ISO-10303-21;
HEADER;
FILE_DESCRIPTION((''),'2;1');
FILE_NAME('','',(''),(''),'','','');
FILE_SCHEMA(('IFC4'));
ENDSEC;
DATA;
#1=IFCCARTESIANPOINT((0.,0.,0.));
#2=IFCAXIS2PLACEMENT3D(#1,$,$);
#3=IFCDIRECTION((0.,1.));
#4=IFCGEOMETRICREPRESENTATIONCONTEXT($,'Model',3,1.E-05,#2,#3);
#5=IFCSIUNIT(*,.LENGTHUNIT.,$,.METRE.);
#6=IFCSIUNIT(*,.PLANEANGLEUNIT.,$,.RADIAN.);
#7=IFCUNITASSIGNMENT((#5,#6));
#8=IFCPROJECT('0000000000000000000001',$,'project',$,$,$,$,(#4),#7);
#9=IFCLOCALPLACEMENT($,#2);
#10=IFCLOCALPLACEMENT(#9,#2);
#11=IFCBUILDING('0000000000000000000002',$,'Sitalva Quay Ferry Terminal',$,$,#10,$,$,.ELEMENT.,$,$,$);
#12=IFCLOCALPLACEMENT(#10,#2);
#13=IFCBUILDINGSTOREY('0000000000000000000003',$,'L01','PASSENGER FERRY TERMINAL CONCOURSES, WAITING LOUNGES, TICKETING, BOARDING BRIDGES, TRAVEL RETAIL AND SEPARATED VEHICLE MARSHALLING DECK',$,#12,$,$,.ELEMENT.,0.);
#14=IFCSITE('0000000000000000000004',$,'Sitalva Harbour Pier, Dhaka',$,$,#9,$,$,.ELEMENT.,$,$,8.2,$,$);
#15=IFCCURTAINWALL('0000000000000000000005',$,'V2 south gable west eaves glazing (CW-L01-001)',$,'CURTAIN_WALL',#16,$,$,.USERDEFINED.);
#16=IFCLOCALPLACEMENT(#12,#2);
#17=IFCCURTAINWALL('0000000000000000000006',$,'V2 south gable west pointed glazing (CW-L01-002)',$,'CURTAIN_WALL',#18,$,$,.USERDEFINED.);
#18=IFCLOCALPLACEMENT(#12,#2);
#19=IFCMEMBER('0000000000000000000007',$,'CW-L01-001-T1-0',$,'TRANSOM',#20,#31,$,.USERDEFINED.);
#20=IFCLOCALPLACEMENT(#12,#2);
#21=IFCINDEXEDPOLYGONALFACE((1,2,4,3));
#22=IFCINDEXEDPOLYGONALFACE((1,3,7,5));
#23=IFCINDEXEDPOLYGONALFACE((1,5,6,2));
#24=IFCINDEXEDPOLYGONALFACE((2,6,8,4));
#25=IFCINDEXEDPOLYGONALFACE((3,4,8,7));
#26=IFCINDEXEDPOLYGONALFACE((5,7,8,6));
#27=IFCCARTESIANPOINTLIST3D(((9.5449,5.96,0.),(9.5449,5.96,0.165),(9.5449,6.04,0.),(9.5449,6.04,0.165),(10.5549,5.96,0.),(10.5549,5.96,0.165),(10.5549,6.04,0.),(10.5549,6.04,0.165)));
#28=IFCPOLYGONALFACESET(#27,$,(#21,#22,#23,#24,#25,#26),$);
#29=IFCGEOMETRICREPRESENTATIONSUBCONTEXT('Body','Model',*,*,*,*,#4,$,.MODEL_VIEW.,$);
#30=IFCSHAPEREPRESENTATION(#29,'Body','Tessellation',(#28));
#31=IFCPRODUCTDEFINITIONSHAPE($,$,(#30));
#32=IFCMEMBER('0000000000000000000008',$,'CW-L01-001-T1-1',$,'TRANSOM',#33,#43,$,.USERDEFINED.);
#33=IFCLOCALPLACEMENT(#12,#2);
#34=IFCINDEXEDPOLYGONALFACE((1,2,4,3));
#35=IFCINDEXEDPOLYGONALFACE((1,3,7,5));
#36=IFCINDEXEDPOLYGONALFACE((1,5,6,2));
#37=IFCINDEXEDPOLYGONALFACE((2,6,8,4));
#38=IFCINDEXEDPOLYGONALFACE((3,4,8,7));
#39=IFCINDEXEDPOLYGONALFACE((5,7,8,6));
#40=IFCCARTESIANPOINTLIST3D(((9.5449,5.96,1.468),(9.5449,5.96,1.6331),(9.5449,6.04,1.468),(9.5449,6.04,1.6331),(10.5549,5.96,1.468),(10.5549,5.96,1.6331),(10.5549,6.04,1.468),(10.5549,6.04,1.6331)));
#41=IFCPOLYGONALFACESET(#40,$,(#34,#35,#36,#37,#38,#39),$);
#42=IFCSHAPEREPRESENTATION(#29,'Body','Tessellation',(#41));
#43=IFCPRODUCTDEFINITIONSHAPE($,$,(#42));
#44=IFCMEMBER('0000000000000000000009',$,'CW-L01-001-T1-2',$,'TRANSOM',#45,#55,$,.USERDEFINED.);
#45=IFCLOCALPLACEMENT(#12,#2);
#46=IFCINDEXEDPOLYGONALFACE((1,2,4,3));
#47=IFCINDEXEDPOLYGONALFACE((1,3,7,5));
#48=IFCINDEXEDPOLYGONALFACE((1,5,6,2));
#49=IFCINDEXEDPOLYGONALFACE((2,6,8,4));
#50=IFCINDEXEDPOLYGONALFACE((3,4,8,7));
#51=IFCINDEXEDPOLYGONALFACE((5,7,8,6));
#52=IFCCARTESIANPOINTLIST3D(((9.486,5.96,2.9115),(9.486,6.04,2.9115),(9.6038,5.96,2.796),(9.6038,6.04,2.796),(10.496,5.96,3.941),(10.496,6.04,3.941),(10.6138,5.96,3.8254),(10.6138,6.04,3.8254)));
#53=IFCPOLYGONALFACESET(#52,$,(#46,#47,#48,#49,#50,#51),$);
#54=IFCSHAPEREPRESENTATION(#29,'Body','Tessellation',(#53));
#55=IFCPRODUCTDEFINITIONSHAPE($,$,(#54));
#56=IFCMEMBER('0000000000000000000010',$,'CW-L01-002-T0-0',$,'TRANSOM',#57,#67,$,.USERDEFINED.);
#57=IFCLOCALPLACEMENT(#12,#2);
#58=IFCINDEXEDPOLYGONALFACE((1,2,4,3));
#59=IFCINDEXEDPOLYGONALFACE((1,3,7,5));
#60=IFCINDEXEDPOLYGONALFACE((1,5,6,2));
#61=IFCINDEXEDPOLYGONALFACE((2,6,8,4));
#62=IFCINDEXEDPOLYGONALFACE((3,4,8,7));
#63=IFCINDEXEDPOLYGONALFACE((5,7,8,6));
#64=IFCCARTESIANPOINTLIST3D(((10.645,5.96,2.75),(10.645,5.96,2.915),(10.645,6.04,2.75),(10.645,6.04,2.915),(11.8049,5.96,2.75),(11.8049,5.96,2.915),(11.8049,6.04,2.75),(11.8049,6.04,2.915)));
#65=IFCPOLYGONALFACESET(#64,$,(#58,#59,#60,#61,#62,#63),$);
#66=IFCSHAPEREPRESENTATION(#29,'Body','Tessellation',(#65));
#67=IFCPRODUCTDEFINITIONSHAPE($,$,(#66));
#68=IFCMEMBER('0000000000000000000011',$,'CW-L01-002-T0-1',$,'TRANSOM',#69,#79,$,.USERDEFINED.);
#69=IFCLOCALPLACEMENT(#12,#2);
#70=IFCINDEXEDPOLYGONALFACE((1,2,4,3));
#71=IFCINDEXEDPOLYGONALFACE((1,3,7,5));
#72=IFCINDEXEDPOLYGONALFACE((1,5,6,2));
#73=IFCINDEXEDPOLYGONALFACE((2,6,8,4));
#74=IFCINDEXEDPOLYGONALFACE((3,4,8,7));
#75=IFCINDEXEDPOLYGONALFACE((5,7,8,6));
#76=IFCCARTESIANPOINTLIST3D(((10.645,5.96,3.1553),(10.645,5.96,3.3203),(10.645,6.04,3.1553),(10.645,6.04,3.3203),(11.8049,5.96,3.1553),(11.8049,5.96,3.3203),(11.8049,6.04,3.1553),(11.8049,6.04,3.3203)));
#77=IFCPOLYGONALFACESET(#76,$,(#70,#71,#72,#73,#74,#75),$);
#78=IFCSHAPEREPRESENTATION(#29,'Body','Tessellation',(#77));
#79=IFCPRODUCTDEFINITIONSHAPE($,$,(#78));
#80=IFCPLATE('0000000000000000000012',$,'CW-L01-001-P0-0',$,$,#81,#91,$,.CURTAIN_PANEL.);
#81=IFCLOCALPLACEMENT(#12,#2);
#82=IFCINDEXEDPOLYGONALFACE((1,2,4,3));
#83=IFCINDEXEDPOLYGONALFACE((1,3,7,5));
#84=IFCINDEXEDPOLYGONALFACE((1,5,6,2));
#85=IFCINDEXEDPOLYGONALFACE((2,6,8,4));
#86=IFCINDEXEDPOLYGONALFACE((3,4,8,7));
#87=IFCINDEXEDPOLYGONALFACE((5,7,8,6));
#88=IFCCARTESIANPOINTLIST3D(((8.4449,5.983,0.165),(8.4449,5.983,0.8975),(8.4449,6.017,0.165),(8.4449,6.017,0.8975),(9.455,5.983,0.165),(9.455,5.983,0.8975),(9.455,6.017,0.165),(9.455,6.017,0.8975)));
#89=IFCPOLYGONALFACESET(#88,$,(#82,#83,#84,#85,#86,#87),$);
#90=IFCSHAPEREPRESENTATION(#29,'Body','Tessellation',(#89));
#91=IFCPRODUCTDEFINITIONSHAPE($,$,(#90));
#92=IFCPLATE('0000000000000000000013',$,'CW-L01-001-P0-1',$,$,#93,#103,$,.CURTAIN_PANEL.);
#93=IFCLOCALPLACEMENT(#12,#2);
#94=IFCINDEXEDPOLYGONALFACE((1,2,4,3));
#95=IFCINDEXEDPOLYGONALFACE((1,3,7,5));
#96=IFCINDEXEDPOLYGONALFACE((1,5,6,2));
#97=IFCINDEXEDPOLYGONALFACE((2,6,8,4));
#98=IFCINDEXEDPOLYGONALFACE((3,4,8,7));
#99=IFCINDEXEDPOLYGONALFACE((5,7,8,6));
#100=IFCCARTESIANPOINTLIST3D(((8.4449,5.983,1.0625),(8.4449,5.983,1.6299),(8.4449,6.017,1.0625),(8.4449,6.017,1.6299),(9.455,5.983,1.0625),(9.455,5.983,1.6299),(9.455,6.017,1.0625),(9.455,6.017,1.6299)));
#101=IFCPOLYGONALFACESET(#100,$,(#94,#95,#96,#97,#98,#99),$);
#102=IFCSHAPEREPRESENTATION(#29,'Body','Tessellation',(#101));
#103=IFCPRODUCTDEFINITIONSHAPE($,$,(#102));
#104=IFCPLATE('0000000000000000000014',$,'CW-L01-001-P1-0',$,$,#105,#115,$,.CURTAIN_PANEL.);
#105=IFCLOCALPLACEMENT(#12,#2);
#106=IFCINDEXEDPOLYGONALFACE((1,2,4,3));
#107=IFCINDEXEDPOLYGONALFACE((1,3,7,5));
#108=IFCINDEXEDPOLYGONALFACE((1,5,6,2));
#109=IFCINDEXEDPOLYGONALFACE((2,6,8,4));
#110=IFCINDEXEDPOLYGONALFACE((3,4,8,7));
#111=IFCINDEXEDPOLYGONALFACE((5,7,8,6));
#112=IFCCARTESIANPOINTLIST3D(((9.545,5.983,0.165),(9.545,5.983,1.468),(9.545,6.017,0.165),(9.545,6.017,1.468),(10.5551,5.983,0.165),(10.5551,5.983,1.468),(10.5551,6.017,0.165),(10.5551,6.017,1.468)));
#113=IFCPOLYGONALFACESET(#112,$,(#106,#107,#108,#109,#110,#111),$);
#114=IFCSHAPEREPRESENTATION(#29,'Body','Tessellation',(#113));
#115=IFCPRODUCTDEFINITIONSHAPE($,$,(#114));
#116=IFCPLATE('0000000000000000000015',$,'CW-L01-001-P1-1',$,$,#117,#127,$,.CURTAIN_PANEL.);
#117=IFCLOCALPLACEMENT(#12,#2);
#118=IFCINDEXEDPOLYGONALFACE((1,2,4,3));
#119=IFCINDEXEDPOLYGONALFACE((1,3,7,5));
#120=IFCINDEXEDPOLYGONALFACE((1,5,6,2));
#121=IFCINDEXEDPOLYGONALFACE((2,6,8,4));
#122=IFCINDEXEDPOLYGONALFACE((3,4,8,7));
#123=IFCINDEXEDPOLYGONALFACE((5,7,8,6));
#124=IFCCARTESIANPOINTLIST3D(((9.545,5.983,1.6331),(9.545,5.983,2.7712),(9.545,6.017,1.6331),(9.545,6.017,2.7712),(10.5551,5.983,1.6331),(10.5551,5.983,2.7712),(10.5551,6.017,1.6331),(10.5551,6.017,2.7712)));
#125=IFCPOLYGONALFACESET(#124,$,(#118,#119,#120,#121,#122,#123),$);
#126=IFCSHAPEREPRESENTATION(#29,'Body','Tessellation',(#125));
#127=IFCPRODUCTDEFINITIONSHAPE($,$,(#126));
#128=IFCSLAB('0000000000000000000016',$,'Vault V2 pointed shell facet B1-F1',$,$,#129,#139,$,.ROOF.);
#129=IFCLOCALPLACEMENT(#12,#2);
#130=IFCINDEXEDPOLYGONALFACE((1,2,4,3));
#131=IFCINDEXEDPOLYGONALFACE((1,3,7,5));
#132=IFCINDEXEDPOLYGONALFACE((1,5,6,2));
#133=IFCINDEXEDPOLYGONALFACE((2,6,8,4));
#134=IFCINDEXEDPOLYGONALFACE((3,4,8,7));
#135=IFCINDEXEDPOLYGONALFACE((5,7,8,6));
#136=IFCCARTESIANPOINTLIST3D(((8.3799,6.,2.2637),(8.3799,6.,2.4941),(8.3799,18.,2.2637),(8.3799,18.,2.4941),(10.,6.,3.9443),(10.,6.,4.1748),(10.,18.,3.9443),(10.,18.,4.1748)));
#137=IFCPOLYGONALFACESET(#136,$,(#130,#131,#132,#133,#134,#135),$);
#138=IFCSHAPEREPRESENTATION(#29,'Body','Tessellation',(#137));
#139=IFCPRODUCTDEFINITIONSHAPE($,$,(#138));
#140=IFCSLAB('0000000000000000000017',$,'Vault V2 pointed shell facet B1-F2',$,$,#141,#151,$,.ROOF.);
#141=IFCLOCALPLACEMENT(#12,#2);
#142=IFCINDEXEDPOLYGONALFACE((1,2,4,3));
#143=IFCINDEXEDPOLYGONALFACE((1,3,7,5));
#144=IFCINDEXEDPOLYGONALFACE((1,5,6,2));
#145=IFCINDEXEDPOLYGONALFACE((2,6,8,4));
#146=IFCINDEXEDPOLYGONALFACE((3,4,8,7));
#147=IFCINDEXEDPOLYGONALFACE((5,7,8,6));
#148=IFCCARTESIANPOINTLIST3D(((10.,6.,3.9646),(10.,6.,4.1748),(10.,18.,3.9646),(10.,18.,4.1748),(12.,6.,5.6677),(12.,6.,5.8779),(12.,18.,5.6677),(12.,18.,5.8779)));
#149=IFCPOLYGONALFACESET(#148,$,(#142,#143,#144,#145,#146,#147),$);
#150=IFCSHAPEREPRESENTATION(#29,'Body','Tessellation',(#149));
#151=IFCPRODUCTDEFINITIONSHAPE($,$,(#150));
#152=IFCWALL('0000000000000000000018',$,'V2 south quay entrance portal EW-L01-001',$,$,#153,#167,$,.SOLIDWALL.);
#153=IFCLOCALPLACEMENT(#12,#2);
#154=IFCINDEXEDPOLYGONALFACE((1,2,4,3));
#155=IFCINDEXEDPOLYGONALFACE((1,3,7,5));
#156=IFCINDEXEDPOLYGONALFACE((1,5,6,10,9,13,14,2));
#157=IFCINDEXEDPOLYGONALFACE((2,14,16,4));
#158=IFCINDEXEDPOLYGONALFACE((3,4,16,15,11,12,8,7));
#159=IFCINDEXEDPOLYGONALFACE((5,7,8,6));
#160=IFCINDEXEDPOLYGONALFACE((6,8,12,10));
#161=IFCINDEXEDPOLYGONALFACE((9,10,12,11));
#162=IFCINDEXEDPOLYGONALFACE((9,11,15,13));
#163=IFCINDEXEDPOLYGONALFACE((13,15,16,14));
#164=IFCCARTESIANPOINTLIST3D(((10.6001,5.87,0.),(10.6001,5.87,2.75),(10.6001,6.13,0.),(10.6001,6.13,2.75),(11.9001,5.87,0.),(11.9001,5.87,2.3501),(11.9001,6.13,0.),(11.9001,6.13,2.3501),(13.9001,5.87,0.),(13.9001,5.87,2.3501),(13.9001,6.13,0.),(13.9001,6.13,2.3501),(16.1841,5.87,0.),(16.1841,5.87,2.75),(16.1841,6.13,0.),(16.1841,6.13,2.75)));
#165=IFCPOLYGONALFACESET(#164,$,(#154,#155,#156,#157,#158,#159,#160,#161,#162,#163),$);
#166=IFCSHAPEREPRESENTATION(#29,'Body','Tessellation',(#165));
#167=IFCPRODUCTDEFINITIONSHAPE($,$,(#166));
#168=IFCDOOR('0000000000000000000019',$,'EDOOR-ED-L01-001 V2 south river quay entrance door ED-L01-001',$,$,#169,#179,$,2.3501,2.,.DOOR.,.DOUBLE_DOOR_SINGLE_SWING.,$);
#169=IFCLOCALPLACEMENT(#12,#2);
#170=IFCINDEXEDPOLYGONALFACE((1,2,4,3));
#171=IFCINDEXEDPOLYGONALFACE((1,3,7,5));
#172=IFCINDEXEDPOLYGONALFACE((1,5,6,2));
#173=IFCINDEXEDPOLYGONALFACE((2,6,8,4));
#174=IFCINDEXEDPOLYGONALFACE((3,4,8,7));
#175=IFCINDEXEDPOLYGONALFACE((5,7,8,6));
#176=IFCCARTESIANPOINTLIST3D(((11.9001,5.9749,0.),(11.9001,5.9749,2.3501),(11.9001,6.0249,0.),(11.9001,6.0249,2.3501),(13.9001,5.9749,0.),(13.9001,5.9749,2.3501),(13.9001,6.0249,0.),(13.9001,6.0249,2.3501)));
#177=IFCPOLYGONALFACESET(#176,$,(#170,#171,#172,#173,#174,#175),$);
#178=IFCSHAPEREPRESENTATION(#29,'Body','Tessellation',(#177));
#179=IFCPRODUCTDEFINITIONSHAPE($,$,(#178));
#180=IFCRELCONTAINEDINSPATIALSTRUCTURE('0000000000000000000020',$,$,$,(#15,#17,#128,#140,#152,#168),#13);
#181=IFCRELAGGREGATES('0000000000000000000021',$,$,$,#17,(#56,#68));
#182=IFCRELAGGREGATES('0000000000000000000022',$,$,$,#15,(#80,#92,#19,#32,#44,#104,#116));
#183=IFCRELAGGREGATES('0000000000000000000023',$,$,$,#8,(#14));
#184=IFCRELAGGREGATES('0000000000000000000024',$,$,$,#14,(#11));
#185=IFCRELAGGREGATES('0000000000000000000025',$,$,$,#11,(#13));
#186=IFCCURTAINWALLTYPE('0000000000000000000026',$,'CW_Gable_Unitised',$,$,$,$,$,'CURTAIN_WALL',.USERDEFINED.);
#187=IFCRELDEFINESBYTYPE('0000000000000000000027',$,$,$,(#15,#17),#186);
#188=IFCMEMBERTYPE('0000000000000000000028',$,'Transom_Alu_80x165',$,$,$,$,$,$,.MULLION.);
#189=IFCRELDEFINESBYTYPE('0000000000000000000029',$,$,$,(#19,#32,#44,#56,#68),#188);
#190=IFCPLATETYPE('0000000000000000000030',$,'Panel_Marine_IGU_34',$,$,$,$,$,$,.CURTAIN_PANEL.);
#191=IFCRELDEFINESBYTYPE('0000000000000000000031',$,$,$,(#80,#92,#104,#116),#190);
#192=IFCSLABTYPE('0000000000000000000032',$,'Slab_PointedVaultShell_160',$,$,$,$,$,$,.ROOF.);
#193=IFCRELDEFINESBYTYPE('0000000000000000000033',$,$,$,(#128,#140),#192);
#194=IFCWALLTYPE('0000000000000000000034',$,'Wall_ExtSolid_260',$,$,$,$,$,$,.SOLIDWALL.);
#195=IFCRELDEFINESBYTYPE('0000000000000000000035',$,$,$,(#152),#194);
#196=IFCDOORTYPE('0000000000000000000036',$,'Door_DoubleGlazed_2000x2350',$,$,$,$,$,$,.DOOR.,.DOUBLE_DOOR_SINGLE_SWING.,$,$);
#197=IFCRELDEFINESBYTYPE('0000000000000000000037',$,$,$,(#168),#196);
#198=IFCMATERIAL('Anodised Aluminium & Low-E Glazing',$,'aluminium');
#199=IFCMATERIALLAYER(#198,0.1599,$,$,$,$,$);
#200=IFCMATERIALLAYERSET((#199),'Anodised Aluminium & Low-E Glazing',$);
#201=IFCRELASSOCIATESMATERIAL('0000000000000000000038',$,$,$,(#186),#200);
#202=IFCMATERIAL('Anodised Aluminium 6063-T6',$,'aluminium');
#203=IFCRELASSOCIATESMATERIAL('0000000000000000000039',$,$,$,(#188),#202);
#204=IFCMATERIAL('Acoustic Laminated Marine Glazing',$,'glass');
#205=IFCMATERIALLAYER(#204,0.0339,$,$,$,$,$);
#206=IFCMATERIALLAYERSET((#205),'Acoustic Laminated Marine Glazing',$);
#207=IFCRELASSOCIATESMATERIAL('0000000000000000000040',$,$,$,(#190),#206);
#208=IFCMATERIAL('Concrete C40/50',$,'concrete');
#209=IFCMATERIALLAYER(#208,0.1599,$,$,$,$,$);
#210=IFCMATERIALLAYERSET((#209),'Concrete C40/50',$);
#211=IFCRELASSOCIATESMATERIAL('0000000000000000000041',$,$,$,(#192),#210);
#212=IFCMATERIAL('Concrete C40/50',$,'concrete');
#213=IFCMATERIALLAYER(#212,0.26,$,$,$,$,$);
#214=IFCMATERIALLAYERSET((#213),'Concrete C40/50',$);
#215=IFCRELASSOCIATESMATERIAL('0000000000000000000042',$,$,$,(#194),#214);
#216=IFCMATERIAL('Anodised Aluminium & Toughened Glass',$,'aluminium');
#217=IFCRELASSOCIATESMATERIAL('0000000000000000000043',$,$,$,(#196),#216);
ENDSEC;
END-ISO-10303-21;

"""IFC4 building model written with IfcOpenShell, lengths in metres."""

from ifc_helpers import new_model, si_unit, direction, frame, frame_2d, origin, origin_2d, place, context, subcontext, project, spatial, polyline, rectangle, outline, extrude, material, layer, layer_set, material_profile, profile_set, type_object, element, fill, aggregate, save


model = new_model("IFC4")

# Units and contexts
model_context = context("Model", 3, precision=1e-05, world=origin(), true_north=direction((0.0, 1.0)))
body_context = subcontext(model_context, "Body", "Model", "MODEL_VIEW")
ifc_project = project(units=[si_unit("LENGTHUNIT", "METRE"), si_unit("PLANEANGLEUNIT", "RADIAN")], contexts=[model_context])

# Site, building, storey
site_placement = place(None, origin())
site = spatial("IfcSite", under=ifc_project, at=site_placement, Name="Sitalva Harbour Pier, Dhaka", CompositionType="ELEMENT", RefElevation=8.2)
building_placement = place(site_placement, origin())
building = spatial("IfcBuilding", under=site, at=building_placement, Name="Sitalva Quay Ferry Terminal", CompositionType="ELEMENT")
storey_placement = place(building_placement, origin())
storey = spatial("IfcBuildingStorey", under=building, at=storey_placement, Name="L01", Description="PASSENGER FERRY TERMINAL CONCOURSES, WAITING LOUNGES, TICKETING, BOARDING BRIDGES, TRAVEL RETAIL AND SEPARATED VEHICLE MARSHALLING DECK", CompositionType="ELEMENT", Elevation=0.0)

# Curtain wall
ifc_material_1 = material(Name="Anodised Aluminium & Low-E Glazing", Category="aluminium")
ifc_layer_1 = layer(ifc_material_1, 0.1599)
ifc_layer_set_1 = layer_set([ifc_layer_1], Name="Anodised Aluminium & Low-E Glazing")
curtain_wall_type = type_object("IfcCurtainWallType", Name="CW_Gable_Unitised", ElementType="CURTAIN_WALL", PredefinedType="USERDEFINED", material=ifc_layer_set_1)
curtain_wall_1_placement = place(storey_placement, origin())
curtain_wall_1 = element("IfcCurtainWall", 1, at=curtain_wall_1_placement, inside=storey, type_object=curtain_wall_type, Name="V2 south gable west eaves glazing (CW-L01-001)", ObjectType="CURTAIN_WALL", PredefinedType="USERDEFINED")

# Curtain wall
curtain_wall_2_placement = place(storey_placement, origin())
curtain_wall_2 = element("IfcCurtainWall", 2, at=curtain_wall_2_placement, inside=storey, type_object=curtain_wall_type, Name="V2 south gable west pointed glazing (CW-L01-002)", ObjectType="CURTAIN_WALL", PredefinedType="USERDEFINED")

# Members
ifc_material_2 = material(Name="Anodised Aluminium 6063-T6", Category="aluminium")
ifc_material_profile_1 = material_profile(ifc_material_2, rectangle(XDim=0.0801, YDim=0.165, at=origin_2d()), Name="ALU80x165")
ifc_profile_set_1 = profile_set([ifc_material_profile_1], Name="Anodised Aluminium 6063-T6")
member_type_1 = type_object("IfcMemberType", Name="Transom_Alu_80x165", PredefinedType="MULLION", material=ifc_profile_set_1)
member_1_placement = place(storey_placement, frame((9.5449, 6.0, 0.0825), z_axis=(1.0, 0.0, 0.0), x_axis=(0.0, 1.0, 0.0)))
member_1 = element("IfcMember", 3, at=member_1_placement, type_object=member_type_1, Name="CW-L01-001-T1-0", ObjectType="TRANSOM", PredefinedType="USERDEFINED", context=body_context, shape_type="SweptSolid", body=[
    extrude(rectangle(XDim=0.0801, YDim=0.165, at=origin_2d()), origin(), (0.0, 0.0, 1.0), 1.01),
])
member_2_placement = place(storey_placement, frame((9.5449, 6.0, 1.5505), z_axis=(1.0, 0.0, 0.0), x_axis=(0.0, 1.0, 0.0)))
member_2 = element("IfcMember", 4, at=member_2_placement, type_object=member_type_1, Name="CW-L01-001-T1-1", ObjectType="TRANSOM", PredefinedType="USERDEFINED", context=body_context, shape_type="SweptSolid", body=[
    extrude(rectangle(XDim=0.0801, YDim=0.165, at=origin_2d()), origin(), (0.0, 0.0, 1.0), 1.01),
])
member_3_placement = place(storey_placement, frame((9.5449, 6.0, 2.8538), z_axis=(0.700303, 0.0, 0.713845), x_axis=(0.0, 1.0, 0.0)))
member_3 = element("IfcMember", 5, at=member_3_placement, type_object=member_type_1, Name="CW-L01-001-T1-2", ObjectType="TRANSOM", PredefinedType="USERDEFINED", context=body_context, shape_type="SweptSolid", body=[
    extrude(rectangle(XDim=0.0801, YDim=0.165, at=origin_2d()), origin(), (0.0, 0.0, 1.0), 1.4421),
])
member_4_placement = place(storey_placement, frame((10.645, 6.0, 2.8325), z_axis=(1.0, 0.0, 0.0), x_axis=(0.0, 1.0, 0.0)))
member_4 = element("IfcMember", 6, at=member_4_placement, type_object=member_type_1, Name="CW-L01-002-T0-0", ObjectType="TRANSOM", PredefinedType="USERDEFINED", context=body_context, shape_type="SweptSolid", body=[
    extrude(rectangle(XDim=0.0801, YDim=0.165, at=origin_2d()), origin(), (0.0, 0.0, 1.0), 1.1599),
])
member_5_placement = place(storey_placement, frame((10.645, 6.0, 3.2378), z_axis=(1.0, 0.0, 0.0), x_axis=(0.0, 1.0, 0.0)))
member_5 = element("IfcMember", 7, at=member_5_placement, type_object=member_type_1, Name="CW-L01-002-T0-1", ObjectType="TRANSOM", PredefinedType="USERDEFINED", context=body_context, shape_type="SweptSolid", body=[
    extrude(rectangle(XDim=0.0801, YDim=0.165, at=origin_2d()), origin(), (0.0, 0.0, 1.0), 1.1599),
])
aggregate(curtain_wall_2, [member_4, member_5])

# Plates
ifc_material_3 = material(Name="Acoustic Laminated Marine Glazing", Category="glass")
ifc_layer_2 = layer(ifc_material_3, 0.0339)
ifc_layer_set_2 = layer_set([ifc_layer_2], Name="Acoustic Laminated Marine Glazing")
plate_type = type_object("IfcPlateType", Name="Panel_Marine_IGU_34", PredefinedType="CURTAIN_PANEL", material=ifc_layer_set_2)
plate_1_placement = place(storey_placement, frame((8.95, 6.0, 0.165), z_axis=(0.0, 0.0, 1.0), x_axis=(1.0, 0.0, 0.0)))
plate_1 = element("IfcPlate", 8, at=plate_1_placement, type_object=plate_type, Name="CW-L01-001-P0-0", PredefinedType="CURTAIN_PANEL", context=body_context, shape_type="SweptSolid", body=[
    extrude(rectangle(XDim=1.01, YDim=0.0339, at=origin_2d()), origin(), (0.0, 0.0, 1.0), 0.7324),
])
plate_2_placement = place(storey_placement, frame((8.95, 6.0, 1.0625), z_axis=(0.0, 0.0, 1.0), x_axis=(1.0, 0.0, 0.0)))
plate_2 = element("IfcPlate", 9, at=plate_2_placement, type_object=plate_type, Name="CW-L01-001-P0-1", PredefinedType="CURTAIN_PANEL", context=body_context, shape_type="SweptSolid", body=[
    extrude(rectangle(XDim=1.01, YDim=0.0339, at=origin_2d()), origin(), (0.0, 0.0, 1.0), 0.5674),
])
plate_3_placement = place(storey_placement, frame((10.05, 6.0, 0.165), z_axis=(0.0, 0.0, 1.0), x_axis=(1.0, 0.0, 0.0)))
plate_3 = element("IfcPlate", 10, at=plate_3_placement, type_object=plate_type, Name="CW-L01-001-P1-0", PredefinedType="CURTAIN_PANEL", context=body_context, shape_type="SweptSolid", body=[
    extrude(rectangle(XDim=1.01, YDim=0.0339, at=origin_2d()), origin(), (0.0, 0.0, 1.0), 1.303),
])
plate_4_placement = place(storey_placement, frame((10.05, 6.0, 1.6331), z_axis=(0.0, 0.0, 1.0), x_axis=(1.0, 0.0, 0.0)))
plate_4 = element("IfcPlate", 11, at=plate_4_placement, type_object=plate_type, Name="CW-L01-001-P1-1", PredefinedType="CURTAIN_PANEL", context=body_context, shape_type="SweptSolid", body=[
    extrude(rectangle(XDim=1.01, YDim=0.0339, at=origin_2d()), origin(), (0.0, 0.0, 1.0), 1.1382),
])
aggregate(curtain_wall_1, [plate_1, plate_2, member_1, member_2, member_3, plate_3, plate_4])

# Slabs
ifc_material_4 = material(Name="Concrete C40/50", Category="concrete")
ifc_layer_3 = layer(ifc_material_4, 0.1599)
ifc_layer_set_3 = layer_set([ifc_layer_3], Name="Concrete C40/50")
slab_type = type_object("IfcSlabType", Name="Slab_PointedVaultShell_160", PredefinedType="ROOF", material=ifc_layer_set_3)
slab_1_placement = place(storey_placement, frame((8.3799, 6.0, 2.4941), z_axis=(-0.719956, 0.0, 0.694019), x_axis=(0.694019, 0.0, 0.719956)))
element("IfcSlab", 12, at=slab_1_placement, inside=storey, type_object=slab_type, Name="Vault V2 pointed shell facet B1-F1", PredefinedType="ROOF", context=body_context, shape_type="SweptSolid", body=[
    extrude(outline(polyline([(0.0, 0.0), (2.3344, 0.0), (2.3344, 12.0), (0.0, 12.0), (0.0, 0.0)])), origin(), (-0.719956, 0.0, -0.694019), 0.2305),
])
slab_2_placement = place(storey_placement, frame((10.0, 6.0, 4.1748), z_axis=(-0.648339, 0.0, 0.761352), x_axis=(0.761352, 0.0, 0.648339)))
element("IfcSlab", 13, at=slab_2_placement, inside=storey, type_object=slab_type, Name="Vault V2 pointed shell facet B1-F2", PredefinedType="ROOF", context=body_context, shape_type="SweptSolid", body=[
    extrude(outline(polyline([(0.0, 0.0), (2.6269, 0.0), (2.6269, 12.0), (0.0, 12.0), (0.0, 0.0)])), origin(), (-0.648339, 0.0, -0.761352), 0.2102),
])

# Wall, opening, door
ifc_material_5 = material(Name="Concrete C40/50", Category="concrete")
ifc_layer_4 = layer(ifc_material_5, 0.26)
ifc_layer_set_4 = layer_set([ifc_layer_4], Name="Concrete C40/50")
wall_type = type_object("IfcWallType", Name="Wall_ExtSolid_260", PredefinedType="SOLIDWALL", material=ifc_layer_set_4)
wall_placement = place(storey_placement, frame((10.6001, 6.0, 0.0), z_axis=(0.0, 0.0, 1.0), x_axis=(1.0, 0.0, 0.0)))
wall = element("IfcWall", 14, at=wall_placement, inside=storey, type_object=wall_type, Name="V2 south quay entrance portal EW-L01-001", PredefinedType="SOLIDWALL", context=body_context, shape_type="SweptSolid", body=[
    extrude(rectangle(XDim=5.584, YDim=0.26, at=frame_2d((2.792, 0.0))), origin(), (0.0, 0.0, 1.0), 2.75),
])
opening_placement = place(wall_placement, frame((1.3, 0.0, 0.0)))
opening = element("IfcOpeningElement", 15, at=opening_placement, cuts=wall, PredefinedType="OPENING", context=body_context, shape_type="SweptSolid", body=[
    extrude(rectangle(XDim=2.0, YDim=2.3501, at=frame_2d((1.0, 1.175))), frame((0.0, 0.1399, 0.0), z_axis=(0.0, -1.0, 0.0), x_axis=(1.0, 0.0, 0.0)), (0.0, 0.0, 1.0), 0.28),
])
ifc_material_6 = material(Name="Anodised Aluminium & Toughened Glass", Category="aluminium")
door_type = type_object("IfcDoorType", Name="Door_DoubleGlazed_2000x2350", OperationType="DOUBLE_DOOR_SINGLE_SWING", PredefinedType="DOOR", material=ifc_material_6)
door_placement = place(opening_placement, origin())
door = element("IfcDoor", 16, at=door_placement, inside=storey, type_object=door_type, Name="EDOOR-ED-L01-001 V2 south river quay entrance door ED-L01-001", OperationType="DOUBLE_DOOR_SINGLE_SWING", OverallHeight=2.3501, OverallWidth=2.0, PredefinedType="DOOR", context=body_context, shape_type="SweptSolid", body=[
    extrude(rectangle(XDim=2.0, YDim=2.3501, at=frame_2d((1.0, 1.175))), frame((0.0, 0.0249, 0.0), z_axis=(0.0, -1.0, 0.0), x_axis=(1.0, 0.0, 0.0)), (0.0, 0.0, 1.0), 0.05),
])
fill(opening, door)

save(model, "model.ifc")
